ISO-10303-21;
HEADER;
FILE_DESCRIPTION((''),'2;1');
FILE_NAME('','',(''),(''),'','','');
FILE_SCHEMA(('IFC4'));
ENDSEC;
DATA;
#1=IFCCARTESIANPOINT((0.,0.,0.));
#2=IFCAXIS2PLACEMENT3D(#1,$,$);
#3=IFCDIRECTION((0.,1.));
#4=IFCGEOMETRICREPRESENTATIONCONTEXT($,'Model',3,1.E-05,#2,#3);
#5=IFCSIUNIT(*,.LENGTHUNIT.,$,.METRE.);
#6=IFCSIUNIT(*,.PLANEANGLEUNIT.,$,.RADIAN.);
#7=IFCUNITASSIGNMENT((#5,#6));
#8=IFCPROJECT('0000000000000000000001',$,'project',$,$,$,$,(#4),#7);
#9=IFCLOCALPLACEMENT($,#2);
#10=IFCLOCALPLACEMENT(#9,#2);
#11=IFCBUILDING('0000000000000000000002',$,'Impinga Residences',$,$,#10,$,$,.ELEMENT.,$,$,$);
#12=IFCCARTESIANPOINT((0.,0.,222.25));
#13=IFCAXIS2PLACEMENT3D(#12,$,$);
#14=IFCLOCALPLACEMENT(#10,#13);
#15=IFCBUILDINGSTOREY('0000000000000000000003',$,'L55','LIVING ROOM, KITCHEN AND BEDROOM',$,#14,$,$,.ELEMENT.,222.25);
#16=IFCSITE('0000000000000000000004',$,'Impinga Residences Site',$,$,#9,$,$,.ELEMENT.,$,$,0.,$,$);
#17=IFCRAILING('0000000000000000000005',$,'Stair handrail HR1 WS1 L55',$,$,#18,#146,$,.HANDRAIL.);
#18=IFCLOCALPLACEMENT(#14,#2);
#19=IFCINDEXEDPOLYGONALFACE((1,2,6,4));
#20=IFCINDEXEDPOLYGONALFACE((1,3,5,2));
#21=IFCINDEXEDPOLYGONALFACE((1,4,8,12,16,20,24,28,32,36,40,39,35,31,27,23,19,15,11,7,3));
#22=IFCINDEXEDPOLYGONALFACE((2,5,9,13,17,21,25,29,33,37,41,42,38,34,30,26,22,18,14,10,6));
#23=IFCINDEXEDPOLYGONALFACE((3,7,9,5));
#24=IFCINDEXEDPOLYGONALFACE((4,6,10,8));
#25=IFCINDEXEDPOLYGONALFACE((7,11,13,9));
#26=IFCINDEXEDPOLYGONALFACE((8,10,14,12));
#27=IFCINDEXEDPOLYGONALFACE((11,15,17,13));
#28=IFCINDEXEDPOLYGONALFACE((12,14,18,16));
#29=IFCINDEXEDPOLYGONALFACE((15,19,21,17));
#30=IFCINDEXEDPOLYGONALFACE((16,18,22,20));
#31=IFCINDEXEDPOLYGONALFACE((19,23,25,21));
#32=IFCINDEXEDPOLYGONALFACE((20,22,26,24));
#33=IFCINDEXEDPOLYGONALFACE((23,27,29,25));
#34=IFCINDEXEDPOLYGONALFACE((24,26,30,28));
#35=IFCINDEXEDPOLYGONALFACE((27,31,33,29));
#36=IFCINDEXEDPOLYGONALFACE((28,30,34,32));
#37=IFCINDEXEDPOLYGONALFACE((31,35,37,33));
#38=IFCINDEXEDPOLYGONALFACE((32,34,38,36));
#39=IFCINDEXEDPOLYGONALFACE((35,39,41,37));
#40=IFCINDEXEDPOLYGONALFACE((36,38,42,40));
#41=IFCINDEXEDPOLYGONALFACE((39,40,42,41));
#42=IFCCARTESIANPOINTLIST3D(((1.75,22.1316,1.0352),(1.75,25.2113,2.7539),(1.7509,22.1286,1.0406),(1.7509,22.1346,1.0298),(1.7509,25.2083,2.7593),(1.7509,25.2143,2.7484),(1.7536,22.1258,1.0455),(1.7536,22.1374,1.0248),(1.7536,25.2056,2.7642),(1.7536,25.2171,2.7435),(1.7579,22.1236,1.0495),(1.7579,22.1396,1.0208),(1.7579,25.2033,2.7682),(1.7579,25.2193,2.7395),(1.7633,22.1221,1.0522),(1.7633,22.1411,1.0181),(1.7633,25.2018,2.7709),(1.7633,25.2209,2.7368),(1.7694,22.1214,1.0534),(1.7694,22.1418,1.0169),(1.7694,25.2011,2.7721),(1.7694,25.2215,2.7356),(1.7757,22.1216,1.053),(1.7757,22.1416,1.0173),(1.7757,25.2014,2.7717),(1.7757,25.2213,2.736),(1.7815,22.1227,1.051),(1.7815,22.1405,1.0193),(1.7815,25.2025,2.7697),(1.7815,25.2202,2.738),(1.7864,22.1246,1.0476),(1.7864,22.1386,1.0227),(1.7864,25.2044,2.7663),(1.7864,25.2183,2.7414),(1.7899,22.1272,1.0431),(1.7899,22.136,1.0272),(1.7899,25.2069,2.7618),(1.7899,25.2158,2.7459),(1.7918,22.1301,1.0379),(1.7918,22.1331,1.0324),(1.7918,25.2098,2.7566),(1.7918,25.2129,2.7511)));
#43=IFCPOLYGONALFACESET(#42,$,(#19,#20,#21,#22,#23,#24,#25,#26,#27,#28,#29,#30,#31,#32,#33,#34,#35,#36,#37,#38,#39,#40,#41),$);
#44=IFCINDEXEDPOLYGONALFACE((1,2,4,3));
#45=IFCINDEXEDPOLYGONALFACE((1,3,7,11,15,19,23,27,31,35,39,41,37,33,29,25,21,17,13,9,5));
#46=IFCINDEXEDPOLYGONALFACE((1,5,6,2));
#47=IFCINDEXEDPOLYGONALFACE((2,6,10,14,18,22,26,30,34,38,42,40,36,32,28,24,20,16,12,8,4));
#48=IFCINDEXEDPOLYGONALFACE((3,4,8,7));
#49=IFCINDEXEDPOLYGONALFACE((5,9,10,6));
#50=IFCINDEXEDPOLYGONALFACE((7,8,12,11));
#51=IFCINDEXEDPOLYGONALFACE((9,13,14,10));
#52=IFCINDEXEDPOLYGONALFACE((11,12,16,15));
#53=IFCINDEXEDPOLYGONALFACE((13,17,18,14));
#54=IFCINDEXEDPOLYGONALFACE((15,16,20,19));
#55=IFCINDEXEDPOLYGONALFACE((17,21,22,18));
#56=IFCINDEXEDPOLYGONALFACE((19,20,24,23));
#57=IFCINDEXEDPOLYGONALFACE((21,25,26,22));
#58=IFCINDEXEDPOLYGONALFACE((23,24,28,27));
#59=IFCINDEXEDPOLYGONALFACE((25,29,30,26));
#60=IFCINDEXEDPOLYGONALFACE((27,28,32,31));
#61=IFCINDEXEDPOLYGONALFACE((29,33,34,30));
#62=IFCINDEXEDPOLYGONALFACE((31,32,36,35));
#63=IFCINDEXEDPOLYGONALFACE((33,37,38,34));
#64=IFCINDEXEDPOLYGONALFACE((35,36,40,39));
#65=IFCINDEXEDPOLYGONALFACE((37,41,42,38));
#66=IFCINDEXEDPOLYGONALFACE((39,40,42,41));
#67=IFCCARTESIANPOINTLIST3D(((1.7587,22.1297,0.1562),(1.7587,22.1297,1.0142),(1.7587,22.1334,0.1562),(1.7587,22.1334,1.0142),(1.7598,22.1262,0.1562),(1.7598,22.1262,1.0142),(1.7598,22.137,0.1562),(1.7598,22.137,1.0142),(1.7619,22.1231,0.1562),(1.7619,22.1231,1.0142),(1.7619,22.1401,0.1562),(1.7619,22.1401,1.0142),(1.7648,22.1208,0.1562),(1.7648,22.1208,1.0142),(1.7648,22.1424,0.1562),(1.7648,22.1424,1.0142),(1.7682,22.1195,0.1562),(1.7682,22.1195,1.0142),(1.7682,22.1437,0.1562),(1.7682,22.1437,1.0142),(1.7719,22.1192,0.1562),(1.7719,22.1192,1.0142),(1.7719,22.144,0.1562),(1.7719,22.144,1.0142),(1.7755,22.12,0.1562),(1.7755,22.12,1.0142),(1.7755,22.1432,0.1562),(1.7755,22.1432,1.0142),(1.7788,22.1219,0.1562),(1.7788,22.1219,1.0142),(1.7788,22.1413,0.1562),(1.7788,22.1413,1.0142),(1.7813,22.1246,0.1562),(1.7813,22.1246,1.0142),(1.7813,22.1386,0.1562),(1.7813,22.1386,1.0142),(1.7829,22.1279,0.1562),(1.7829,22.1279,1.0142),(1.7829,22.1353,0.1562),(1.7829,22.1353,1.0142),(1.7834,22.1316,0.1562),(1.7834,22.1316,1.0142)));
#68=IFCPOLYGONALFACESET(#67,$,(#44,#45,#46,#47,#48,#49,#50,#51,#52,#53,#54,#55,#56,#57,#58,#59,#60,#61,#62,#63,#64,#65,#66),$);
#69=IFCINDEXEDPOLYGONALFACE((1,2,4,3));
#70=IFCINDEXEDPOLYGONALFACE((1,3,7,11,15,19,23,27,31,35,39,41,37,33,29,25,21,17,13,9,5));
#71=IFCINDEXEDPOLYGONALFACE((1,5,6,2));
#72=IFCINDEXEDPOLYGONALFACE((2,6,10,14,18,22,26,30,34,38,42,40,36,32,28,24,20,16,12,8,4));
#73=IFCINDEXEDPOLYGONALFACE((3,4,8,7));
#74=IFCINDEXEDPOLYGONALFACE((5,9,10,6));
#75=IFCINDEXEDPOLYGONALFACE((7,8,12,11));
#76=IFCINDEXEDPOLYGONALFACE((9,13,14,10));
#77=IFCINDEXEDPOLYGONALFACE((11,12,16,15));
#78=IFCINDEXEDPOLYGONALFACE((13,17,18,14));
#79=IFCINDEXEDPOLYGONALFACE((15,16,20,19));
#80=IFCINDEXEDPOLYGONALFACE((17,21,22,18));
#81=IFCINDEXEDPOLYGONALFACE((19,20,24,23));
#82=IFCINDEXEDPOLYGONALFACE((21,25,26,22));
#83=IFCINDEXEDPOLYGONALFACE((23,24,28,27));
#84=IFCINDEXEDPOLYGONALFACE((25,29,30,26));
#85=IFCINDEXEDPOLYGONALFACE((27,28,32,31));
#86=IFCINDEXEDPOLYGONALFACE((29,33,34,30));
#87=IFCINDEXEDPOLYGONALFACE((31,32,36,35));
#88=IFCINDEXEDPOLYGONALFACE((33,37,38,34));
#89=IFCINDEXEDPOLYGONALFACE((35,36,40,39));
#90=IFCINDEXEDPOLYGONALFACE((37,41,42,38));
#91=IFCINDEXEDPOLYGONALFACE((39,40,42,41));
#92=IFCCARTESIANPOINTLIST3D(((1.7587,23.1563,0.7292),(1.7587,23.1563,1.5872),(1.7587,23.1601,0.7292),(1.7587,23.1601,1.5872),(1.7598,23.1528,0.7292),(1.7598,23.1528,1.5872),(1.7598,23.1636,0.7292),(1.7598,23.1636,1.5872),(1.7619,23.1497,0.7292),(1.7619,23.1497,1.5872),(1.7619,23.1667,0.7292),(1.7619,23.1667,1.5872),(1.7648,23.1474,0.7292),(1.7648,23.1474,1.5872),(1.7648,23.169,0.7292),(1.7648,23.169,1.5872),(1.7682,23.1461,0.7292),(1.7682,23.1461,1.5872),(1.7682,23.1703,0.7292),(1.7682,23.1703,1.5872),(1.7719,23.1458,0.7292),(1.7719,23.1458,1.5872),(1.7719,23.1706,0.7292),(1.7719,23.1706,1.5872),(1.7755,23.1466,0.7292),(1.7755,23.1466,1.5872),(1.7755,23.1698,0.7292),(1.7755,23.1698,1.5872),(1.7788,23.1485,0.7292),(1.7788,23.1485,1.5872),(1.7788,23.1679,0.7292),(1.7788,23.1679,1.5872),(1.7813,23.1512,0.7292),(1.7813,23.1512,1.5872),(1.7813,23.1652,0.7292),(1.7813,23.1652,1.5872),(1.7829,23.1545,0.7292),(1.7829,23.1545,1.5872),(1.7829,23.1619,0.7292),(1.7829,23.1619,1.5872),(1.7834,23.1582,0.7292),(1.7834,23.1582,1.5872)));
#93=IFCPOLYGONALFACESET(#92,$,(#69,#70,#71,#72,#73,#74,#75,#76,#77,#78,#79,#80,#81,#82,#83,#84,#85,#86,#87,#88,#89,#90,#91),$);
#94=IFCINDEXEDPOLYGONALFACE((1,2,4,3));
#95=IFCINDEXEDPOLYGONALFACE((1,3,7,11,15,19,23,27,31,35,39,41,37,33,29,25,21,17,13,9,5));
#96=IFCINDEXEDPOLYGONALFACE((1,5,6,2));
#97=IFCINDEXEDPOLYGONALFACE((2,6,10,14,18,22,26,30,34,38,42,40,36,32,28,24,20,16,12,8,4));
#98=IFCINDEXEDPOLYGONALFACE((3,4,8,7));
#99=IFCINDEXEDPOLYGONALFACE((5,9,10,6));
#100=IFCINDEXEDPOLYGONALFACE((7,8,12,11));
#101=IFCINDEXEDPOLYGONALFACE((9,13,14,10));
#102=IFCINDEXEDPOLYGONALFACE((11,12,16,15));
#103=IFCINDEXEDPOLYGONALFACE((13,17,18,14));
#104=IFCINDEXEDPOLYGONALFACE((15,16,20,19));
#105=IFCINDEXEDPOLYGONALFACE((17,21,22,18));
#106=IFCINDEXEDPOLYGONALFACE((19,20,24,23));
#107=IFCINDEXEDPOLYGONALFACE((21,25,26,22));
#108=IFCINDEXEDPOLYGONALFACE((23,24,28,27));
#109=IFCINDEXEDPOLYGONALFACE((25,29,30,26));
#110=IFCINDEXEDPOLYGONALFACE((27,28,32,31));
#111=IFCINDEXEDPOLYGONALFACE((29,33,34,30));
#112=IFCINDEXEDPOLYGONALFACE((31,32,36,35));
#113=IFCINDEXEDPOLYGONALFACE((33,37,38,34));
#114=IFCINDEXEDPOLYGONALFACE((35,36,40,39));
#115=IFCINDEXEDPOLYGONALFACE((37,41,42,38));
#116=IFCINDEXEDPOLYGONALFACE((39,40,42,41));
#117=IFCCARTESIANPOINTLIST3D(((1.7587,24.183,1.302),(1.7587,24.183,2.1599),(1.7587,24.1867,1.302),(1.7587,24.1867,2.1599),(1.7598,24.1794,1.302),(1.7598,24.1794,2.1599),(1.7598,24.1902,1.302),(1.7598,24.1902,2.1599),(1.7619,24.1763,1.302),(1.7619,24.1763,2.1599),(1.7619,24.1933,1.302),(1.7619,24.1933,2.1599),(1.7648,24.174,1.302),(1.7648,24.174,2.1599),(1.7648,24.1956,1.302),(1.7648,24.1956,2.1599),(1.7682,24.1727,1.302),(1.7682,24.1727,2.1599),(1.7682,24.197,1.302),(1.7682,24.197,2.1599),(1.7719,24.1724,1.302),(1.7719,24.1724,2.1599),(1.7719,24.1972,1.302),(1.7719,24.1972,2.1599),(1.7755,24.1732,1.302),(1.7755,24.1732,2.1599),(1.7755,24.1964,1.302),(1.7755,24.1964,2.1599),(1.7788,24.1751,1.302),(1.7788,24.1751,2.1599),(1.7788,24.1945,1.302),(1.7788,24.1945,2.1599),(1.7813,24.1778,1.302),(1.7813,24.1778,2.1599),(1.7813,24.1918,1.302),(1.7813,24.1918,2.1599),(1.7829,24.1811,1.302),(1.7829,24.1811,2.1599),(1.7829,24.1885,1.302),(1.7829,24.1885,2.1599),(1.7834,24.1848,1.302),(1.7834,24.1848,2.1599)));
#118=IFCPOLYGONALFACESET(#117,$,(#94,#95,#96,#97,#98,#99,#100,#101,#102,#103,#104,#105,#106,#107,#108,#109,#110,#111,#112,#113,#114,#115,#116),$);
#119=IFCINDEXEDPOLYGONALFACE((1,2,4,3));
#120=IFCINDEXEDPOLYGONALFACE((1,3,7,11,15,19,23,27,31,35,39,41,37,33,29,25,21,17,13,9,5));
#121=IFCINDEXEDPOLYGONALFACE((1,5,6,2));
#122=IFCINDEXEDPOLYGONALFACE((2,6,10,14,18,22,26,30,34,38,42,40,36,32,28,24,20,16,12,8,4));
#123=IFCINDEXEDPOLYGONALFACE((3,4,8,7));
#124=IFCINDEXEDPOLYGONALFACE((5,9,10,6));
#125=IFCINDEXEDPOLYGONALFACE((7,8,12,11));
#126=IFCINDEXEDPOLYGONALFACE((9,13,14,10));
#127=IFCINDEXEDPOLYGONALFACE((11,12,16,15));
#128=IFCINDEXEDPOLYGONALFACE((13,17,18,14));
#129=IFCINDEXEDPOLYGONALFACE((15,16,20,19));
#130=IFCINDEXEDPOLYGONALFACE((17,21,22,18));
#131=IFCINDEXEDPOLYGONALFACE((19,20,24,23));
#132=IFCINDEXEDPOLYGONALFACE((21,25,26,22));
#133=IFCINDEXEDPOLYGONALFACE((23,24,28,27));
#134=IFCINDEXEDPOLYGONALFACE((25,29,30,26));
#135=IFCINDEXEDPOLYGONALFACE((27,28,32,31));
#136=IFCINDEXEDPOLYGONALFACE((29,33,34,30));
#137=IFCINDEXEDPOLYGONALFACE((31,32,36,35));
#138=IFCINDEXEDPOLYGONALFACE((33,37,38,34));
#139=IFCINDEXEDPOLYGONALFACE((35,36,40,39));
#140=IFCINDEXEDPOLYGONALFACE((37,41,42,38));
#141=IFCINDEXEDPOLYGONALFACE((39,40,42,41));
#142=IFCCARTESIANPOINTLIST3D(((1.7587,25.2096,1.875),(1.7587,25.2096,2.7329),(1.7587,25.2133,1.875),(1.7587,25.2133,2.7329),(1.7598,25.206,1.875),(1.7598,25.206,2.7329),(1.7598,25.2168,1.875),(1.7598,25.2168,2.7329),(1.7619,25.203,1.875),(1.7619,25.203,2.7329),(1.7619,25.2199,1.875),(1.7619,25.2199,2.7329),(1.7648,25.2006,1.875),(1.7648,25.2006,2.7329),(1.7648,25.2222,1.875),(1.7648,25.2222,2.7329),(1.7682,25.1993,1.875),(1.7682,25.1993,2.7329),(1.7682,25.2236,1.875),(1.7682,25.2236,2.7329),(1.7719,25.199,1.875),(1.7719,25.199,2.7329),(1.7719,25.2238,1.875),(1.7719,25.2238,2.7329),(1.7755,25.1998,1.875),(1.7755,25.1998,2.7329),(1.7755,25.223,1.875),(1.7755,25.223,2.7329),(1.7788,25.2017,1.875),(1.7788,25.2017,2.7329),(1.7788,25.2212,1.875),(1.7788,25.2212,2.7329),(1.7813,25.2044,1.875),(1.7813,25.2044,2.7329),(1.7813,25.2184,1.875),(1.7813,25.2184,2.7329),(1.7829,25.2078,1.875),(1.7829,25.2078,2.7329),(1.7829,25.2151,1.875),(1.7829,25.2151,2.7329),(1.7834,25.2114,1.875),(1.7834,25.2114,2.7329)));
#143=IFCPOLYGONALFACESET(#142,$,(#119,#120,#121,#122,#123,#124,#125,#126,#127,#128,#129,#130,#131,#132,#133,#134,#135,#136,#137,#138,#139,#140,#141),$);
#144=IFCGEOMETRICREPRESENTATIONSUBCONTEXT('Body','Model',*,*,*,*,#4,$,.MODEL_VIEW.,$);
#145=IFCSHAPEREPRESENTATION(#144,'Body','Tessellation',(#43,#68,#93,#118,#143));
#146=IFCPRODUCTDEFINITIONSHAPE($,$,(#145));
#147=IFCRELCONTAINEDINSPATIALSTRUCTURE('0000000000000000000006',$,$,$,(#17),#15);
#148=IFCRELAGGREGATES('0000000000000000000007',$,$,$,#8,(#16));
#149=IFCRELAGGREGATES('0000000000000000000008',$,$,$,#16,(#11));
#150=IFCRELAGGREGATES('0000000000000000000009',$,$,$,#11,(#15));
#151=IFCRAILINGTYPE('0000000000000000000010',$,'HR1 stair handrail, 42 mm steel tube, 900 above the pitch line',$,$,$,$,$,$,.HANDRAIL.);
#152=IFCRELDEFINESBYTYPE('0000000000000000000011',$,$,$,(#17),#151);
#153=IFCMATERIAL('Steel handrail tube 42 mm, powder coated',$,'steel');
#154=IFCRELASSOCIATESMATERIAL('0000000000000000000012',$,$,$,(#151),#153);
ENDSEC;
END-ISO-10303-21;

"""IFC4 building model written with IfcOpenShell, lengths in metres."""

from ifc_helpers import new_model, si_unit, direction, frame, origin, origin_2d, place, context, subcontext, project, spatial, circle, extrude, material, type_object, element, save


model = new_model("IFC4")

# Units and contexts
model_context = context("Model", 3, precision=1e-05, world=origin(), true_north=direction((0.0, 1.0)))
body_context = subcontext(model_context, "Body", "Model", "MODEL_VIEW")
ifc_project = project(units=[si_unit("LENGTHUNIT", "METRE"), si_unit("PLANEANGLEUNIT", "RADIAN")], contexts=[model_context])

# Site, building, storey
site_placement = place(None, origin())
site = spatial("IfcSite", under=ifc_project, at=site_placement, Name="Impinga Residences Site", CompositionType="ELEMENT", RefElevation=0.0)
building_placement = place(site_placement, origin())
building = spatial("IfcBuilding", under=site, at=building_placement, Name="Impinga Residences", CompositionType="ELEMENT")
storey_placement = place(building_placement, frame((0.0, 0.0, 222.25)))
storey = spatial("IfcBuildingStorey", under=building, at=storey_placement, Name="L55", Description="LIVING ROOM, KITCHEN AND BEDROOM", CompositionType="ELEMENT", Elevation=222.25)

# Railing
ifc_material_1 = material(Name="Steel handrail tube 42 mm, powder coated", Category="steel")
railing_type_1 = type_object("IfcRailingType", Name="HR1 stair handrail, 42 mm steel tube, 900 above the pitch line", PredefinedType="HANDRAIL", material=ifc_material_1)
railing_1_placement = place(storey_placement, frame((1.771, 22.1316, 0.1562)))
element("IfcRailing", 1, at=railing_1_placement, inside=storey, type_object=railing_type_1, Name="Stair handrail HR1 WS1 L55", PredefinedType="HANDRAIL", context=body_context, shape_type="SweptSolid", body=[
    extrude(circle(Radius=0.021, at=origin_2d()), frame((0.0, 0.0, 0.8789), z_axis=(0.0, 0.873225, 0.487317), x_axis=(-1.0, 0.0, 0.0)), (0.0, 0.0, 1.0), 3.5269),
    extrude(circle(Radius=0.0125, at=origin_2d()), origin(), (0.0, 0.0, 1.0), 0.8579),
    extrude(circle(Radius=0.0125, at=origin_2d()), frame((0.0, 1.0266, 0.573)), (0.0, 0.0, 1.0), 0.8579),
    extrude(circle(Radius=0.0125, at=origin_2d()), frame((0.0, 2.0532, 1.1458)), (0.0, 0.0, 1.0), 0.8579),
    extrude(circle(Radius=0.0125, at=origin_2d()), frame((0.0, 3.0798, 1.7188)), (0.0, 0.0, 1.0), 0.8579),
])

save(model, "model.ifc")
